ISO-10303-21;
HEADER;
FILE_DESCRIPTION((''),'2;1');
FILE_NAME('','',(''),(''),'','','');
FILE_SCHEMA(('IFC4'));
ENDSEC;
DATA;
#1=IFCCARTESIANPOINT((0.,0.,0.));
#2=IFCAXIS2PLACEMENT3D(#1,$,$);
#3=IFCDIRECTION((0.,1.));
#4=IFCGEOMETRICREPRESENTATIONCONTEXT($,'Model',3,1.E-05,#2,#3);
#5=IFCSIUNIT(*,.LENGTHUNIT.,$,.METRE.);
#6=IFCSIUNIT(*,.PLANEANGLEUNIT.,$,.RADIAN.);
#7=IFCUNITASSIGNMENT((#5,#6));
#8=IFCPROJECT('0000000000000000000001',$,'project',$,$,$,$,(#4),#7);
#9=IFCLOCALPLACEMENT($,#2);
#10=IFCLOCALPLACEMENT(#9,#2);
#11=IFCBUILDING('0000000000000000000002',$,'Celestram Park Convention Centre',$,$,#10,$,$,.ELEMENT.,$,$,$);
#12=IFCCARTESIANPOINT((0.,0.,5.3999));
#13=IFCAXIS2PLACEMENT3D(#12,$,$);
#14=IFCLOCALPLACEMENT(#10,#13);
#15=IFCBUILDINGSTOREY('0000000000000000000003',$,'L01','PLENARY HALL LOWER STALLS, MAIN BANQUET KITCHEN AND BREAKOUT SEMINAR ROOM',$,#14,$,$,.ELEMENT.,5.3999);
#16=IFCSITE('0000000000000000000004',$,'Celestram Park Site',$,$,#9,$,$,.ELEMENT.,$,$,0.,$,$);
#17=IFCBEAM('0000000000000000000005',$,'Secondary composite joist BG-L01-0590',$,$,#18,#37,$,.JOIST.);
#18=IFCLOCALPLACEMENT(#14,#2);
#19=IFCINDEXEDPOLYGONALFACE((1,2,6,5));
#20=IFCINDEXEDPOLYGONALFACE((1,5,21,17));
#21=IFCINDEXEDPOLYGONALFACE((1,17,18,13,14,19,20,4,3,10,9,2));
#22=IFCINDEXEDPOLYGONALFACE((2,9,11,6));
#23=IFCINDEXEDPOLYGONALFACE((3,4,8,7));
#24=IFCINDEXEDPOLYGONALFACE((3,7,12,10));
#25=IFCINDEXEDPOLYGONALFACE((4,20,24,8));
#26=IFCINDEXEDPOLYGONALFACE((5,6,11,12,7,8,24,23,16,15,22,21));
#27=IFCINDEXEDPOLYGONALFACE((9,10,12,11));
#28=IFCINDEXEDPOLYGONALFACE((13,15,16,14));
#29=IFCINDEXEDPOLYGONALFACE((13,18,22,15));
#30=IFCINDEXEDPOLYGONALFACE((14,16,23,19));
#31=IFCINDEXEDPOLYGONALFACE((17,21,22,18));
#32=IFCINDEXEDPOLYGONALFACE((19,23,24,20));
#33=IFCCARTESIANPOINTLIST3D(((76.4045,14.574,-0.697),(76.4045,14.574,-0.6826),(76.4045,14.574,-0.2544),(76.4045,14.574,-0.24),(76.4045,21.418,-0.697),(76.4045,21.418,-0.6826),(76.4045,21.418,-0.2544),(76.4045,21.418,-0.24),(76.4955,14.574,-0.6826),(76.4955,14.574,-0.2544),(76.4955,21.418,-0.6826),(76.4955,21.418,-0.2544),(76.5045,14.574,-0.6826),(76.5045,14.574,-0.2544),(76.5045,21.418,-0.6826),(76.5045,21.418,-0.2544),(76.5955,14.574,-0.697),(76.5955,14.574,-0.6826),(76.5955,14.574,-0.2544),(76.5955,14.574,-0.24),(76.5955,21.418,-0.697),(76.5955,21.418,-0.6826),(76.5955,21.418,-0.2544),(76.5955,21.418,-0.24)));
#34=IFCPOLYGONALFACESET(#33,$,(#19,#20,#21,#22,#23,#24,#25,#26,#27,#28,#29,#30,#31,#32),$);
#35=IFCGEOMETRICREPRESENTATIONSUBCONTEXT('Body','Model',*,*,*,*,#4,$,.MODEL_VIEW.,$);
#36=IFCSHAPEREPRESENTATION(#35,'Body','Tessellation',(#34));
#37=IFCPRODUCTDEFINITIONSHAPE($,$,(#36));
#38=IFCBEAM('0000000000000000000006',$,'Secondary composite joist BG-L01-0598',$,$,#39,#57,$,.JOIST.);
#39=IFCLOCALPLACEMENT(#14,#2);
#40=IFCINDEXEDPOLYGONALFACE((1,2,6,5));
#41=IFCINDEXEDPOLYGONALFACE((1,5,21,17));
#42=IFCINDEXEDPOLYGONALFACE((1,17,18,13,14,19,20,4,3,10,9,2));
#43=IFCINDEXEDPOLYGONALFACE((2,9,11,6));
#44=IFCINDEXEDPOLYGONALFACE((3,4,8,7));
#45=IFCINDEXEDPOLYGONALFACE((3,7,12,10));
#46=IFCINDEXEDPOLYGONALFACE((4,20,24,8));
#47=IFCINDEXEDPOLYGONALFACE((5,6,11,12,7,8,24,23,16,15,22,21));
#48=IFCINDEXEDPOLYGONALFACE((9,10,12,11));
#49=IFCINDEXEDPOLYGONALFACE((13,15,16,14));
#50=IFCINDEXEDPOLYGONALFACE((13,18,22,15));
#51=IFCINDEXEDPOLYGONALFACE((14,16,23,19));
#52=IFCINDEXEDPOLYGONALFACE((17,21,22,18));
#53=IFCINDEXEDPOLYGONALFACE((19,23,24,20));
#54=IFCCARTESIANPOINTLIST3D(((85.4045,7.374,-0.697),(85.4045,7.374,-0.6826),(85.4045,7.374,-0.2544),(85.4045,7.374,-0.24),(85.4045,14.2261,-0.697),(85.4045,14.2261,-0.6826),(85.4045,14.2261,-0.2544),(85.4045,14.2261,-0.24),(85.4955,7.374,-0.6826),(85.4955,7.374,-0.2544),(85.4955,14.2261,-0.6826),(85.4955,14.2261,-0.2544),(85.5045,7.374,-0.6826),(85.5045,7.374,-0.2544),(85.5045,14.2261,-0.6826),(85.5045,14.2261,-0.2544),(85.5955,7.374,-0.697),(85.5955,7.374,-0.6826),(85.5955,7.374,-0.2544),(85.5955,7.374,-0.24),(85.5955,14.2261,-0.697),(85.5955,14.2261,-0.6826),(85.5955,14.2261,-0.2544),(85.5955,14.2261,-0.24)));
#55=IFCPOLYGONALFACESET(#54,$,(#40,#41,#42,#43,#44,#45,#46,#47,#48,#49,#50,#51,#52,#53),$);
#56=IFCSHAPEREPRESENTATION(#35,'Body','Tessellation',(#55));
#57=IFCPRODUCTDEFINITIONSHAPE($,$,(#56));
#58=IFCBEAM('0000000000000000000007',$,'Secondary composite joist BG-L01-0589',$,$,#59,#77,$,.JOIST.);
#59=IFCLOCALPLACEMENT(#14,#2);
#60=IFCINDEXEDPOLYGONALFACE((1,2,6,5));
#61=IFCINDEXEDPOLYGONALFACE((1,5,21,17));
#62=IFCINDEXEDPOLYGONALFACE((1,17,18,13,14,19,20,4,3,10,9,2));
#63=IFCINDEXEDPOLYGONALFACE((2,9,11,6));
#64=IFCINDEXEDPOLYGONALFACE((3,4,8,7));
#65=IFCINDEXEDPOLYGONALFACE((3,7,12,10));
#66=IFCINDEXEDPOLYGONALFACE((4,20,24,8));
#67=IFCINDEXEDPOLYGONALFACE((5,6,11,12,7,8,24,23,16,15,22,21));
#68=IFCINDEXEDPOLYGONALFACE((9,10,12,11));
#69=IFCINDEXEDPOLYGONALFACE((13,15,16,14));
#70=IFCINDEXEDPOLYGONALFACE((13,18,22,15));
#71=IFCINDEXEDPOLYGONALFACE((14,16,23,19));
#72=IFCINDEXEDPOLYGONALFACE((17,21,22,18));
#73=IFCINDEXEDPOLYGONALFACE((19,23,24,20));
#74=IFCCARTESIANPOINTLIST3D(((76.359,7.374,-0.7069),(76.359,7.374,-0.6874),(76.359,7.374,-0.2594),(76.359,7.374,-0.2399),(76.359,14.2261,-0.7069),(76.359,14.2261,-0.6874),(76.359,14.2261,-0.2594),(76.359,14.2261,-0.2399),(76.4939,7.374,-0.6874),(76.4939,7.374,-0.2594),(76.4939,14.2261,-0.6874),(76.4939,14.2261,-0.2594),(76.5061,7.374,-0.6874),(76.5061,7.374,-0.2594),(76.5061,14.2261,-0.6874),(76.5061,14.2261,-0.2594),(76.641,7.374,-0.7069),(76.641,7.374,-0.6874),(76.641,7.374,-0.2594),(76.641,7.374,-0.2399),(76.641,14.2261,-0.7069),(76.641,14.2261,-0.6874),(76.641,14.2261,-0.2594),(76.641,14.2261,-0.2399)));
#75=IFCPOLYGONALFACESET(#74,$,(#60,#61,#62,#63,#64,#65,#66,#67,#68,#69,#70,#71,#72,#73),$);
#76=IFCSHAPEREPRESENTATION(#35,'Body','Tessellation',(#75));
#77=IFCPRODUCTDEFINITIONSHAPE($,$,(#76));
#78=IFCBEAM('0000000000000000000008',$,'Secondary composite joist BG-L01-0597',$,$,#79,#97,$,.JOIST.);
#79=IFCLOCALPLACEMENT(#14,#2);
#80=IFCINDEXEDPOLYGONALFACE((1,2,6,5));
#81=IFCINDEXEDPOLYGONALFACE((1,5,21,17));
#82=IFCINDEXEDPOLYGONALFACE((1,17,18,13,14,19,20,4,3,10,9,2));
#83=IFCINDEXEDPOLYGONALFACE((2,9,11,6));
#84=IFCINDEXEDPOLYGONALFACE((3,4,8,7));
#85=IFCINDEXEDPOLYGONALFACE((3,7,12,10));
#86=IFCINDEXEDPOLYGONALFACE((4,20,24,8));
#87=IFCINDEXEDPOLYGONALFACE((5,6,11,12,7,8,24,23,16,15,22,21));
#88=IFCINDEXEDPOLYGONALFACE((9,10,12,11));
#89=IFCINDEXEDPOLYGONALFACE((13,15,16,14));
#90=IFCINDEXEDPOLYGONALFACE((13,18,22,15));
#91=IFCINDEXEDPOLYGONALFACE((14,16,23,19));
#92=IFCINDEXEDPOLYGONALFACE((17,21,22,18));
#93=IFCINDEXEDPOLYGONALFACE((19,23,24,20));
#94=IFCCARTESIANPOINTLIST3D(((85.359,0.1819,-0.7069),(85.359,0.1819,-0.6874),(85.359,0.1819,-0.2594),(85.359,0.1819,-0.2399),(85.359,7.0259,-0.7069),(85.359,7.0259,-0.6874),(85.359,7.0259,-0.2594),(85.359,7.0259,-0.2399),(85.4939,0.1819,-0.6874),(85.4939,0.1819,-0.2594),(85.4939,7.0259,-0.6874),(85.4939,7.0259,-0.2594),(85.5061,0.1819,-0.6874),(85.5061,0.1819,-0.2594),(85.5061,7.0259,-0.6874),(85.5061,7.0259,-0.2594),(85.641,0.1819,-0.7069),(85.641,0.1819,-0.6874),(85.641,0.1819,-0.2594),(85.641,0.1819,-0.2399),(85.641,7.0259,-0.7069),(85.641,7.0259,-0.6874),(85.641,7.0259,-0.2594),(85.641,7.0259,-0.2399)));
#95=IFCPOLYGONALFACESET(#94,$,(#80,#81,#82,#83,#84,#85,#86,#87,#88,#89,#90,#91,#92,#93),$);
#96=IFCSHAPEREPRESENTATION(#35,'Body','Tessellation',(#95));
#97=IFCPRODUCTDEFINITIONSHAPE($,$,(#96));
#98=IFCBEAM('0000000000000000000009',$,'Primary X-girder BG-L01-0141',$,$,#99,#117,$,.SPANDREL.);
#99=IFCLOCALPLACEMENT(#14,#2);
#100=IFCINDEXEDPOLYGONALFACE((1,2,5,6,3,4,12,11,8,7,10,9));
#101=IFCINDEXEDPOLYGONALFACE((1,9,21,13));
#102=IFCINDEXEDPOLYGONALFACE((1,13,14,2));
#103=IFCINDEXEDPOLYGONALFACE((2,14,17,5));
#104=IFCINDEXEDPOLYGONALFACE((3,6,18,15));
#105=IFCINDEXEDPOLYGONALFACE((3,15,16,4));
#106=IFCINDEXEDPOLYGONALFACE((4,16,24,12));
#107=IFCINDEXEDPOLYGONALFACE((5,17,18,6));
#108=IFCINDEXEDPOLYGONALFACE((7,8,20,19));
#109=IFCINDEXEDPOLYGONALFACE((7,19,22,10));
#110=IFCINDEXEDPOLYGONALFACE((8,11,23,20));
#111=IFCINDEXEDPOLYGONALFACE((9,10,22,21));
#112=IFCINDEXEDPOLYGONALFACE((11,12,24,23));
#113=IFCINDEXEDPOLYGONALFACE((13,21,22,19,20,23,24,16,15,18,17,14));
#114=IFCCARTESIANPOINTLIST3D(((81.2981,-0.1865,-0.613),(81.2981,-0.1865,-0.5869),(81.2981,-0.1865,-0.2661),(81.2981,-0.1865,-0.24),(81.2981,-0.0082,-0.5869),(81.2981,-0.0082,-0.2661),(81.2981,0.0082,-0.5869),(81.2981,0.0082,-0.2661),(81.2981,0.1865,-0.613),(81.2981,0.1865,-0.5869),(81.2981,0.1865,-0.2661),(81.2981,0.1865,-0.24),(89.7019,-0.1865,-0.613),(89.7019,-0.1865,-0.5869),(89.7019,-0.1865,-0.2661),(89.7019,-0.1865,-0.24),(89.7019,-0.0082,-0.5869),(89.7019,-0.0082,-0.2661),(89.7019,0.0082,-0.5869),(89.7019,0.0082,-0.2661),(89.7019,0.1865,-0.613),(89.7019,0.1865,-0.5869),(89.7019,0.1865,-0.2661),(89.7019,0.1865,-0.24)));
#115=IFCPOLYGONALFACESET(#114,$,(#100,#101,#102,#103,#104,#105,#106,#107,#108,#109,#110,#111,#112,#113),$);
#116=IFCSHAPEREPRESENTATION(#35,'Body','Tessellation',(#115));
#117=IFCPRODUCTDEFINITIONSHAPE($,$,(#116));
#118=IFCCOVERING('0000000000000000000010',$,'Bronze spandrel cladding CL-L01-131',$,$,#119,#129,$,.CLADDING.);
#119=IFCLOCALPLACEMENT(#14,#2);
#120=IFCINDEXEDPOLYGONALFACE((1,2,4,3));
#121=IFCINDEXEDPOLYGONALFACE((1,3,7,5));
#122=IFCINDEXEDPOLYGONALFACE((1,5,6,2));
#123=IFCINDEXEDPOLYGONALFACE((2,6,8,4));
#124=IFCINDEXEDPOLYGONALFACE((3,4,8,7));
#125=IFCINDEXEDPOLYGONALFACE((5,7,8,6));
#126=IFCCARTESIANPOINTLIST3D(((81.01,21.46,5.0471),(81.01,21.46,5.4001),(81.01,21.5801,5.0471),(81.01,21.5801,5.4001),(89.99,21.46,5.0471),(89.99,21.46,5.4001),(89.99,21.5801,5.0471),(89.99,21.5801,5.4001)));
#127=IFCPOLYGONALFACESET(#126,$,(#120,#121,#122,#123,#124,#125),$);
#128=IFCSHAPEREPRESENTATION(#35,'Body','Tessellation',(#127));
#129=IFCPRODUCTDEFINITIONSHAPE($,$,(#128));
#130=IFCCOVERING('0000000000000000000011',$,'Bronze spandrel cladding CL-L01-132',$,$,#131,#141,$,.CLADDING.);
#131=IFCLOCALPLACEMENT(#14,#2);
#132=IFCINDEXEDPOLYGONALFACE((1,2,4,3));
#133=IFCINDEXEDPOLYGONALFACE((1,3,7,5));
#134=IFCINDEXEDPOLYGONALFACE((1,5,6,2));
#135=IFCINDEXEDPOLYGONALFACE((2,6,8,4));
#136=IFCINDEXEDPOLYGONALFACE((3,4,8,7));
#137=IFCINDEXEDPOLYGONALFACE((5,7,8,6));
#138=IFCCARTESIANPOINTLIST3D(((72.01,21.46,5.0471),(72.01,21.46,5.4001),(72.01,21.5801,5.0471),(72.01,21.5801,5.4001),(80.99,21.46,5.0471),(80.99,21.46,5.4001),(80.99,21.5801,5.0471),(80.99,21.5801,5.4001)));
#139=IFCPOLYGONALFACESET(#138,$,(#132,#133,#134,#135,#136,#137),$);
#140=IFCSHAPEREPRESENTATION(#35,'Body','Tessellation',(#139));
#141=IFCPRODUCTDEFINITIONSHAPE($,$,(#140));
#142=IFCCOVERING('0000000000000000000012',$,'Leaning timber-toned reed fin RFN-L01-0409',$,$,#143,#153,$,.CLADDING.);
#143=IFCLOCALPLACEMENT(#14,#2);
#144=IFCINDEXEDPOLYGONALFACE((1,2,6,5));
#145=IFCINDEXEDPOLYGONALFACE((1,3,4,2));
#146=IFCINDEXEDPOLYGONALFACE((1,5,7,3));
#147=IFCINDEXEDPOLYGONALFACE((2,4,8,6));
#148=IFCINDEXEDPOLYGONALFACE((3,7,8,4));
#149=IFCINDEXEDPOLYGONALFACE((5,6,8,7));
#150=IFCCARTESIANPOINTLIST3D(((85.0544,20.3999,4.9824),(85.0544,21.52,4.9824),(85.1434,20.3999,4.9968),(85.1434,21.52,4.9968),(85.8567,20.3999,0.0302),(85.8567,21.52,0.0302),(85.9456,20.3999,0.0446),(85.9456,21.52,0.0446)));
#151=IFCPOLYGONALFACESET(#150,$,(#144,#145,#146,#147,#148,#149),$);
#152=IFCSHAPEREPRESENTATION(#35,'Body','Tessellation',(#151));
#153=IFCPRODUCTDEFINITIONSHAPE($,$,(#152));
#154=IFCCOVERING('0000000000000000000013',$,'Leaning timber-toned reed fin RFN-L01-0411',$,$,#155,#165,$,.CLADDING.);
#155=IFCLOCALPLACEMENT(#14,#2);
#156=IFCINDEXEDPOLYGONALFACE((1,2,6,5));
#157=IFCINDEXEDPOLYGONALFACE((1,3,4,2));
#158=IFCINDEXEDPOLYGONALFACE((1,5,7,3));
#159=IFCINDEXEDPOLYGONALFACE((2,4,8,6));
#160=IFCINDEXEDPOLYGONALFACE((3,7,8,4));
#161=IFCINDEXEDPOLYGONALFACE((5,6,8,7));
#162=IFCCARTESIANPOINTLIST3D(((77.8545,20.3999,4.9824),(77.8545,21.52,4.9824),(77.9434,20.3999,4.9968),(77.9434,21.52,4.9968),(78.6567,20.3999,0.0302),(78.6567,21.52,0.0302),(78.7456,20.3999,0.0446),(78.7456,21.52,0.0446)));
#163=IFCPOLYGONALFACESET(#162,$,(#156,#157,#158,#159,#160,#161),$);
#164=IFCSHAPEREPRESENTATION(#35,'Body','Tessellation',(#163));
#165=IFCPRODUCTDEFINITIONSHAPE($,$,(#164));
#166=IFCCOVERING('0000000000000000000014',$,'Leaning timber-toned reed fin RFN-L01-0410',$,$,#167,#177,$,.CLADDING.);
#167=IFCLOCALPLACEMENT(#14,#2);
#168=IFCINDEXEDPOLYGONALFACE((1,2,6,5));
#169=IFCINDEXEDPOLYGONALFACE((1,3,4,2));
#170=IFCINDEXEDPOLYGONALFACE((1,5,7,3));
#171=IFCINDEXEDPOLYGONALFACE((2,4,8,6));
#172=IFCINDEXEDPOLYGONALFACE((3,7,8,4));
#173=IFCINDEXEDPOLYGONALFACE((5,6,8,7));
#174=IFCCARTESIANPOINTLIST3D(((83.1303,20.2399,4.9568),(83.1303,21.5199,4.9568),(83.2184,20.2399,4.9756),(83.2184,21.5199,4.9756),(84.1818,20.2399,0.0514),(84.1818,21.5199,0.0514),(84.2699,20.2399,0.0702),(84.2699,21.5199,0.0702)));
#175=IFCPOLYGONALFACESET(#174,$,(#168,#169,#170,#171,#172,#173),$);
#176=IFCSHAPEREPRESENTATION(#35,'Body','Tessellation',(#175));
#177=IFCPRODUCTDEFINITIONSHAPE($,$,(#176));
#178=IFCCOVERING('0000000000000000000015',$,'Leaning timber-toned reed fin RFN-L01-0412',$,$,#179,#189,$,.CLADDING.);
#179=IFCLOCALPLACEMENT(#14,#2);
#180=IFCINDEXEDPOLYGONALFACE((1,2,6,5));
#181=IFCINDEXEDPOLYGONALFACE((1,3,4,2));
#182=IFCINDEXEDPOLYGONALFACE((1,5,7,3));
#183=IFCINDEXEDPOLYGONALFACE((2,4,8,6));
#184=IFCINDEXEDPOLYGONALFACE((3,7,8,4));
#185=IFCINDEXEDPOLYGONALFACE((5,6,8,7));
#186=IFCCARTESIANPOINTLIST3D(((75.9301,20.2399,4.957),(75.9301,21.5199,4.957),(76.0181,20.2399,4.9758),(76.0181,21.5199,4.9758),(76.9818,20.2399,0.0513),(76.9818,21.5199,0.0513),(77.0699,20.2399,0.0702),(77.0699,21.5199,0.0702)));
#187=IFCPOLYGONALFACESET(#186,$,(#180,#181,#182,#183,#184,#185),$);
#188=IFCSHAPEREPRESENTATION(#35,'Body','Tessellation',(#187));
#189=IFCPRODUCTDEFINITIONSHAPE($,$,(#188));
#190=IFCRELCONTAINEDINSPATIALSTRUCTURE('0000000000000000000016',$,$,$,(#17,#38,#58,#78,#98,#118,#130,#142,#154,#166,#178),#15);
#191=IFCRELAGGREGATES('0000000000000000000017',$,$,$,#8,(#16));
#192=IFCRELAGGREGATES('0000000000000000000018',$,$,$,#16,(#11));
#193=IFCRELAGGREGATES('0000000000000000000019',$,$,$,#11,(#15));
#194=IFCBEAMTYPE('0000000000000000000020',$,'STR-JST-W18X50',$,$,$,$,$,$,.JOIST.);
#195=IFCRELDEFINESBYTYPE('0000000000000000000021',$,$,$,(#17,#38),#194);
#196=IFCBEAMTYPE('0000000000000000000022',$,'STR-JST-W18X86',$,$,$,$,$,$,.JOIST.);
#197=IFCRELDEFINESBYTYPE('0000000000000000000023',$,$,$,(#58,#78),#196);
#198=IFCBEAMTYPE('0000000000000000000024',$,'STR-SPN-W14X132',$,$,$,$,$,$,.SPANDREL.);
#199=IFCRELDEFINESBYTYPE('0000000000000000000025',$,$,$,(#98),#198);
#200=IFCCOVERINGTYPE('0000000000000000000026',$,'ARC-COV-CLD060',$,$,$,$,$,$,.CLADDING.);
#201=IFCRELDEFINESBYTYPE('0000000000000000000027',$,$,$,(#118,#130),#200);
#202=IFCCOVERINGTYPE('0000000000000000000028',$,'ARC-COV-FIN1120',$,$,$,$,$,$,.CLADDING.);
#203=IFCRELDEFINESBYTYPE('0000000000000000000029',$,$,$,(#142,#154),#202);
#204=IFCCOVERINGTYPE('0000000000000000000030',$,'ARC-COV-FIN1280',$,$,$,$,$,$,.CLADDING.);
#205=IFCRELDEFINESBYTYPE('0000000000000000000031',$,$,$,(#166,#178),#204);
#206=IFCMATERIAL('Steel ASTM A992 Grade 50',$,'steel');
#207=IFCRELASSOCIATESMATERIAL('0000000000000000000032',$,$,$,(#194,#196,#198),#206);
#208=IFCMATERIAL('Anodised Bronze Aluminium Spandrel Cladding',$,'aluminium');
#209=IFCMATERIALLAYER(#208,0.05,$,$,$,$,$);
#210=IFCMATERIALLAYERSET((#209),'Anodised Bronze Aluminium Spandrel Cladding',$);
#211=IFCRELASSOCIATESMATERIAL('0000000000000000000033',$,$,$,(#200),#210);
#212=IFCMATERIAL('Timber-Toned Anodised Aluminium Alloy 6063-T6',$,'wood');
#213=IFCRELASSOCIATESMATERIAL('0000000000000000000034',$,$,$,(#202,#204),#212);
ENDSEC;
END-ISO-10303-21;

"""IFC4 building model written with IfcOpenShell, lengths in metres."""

from ifc_helpers import new_model, si_unit, direction, frame, origin, origin_2d, place, context, subcontext, project, spatial, rectangle, i_section, extrude, material, layer, layer_set, material_profile, profile_set, type_object, element, save


model = new_model("IFC4")

# Units and contexts
model_context = context("Model", 3, precision=1e-05, world=origin(), true_north=direction((0.0, 1.0)))
body_context = subcontext(model_context, "Body", "Model", "MODEL_VIEW")
ifc_project = project(units=[si_unit("LENGTHUNIT", "METRE"), si_unit("PLANEANGLEUNIT", "RADIAN")], contexts=[model_context])

# Site, building, storey
site_placement = place(None, origin())
site = spatial("IfcSite", under=ifc_project, at=site_placement, Name="Celestram Park Site", CompositionType="ELEMENT", RefElevation=0.0)
building_placement = place(site_placement, origin())
building = spatial("IfcBuilding", under=site, at=building_placement, Name="Celestram Park Convention Centre", CompositionType="ELEMENT")
storey_placement = place(building_placement, frame((0.0, 0.0, 5.3999)))
storey = spatial("IfcBuildingStorey", under=building, at=storey_placement, Name="L01", Description="PLENARY HALL LOWER STALLS, MAIN BANQUET KITCHEN AND BREAKOUT SEMINAR ROOM", CompositionType="ELEMENT", Elevation=5.3999)

# Beams
ifc_material_1 = material(Name="Steel ASTM A992 Grade 50", Category="steel")
ifc_material_profile_1 = material_profile(ifc_material_1, i_section(OverallWidth=0.1909, OverallDepth=0.457, WebThickness=0.009, FlangeThickness=0.0144, at=origin_2d()), Name="W18X50")
ifc_profile_set_1 = profile_set([ifc_material_profile_1], Name="Steel ASTM A992 Grade 50")
beam_type_1 = type_object("IfcBeamType", Name="STR-JST-W18X50", PredefinedType="JOIST", material=ifc_profile_set_1)
beam_1_placement = place(storey_placement, frame((76.5, 14.574, -0.4685), z_axis=(0.0, 1.0, 0.0), x_axis=(-1.0, 0.0, 0.0)))
element("IfcBeam", 1, at=beam_1_placement, inside=storey, type_object=beam_type_1, Name="Secondary composite joist BG-L01-0590", PredefinedType="JOIST", context=body_context, shape_type="SweptSolid", body=[
    extrude(i_section(OverallWidth=0.1909, OverallDepth=0.457, WebThickness=0.009, FlangeThickness=0.0144, at=origin_2d()), origin(), (0.0, 0.0, 1.0), 6.844),
])
beam_2_placement = place(storey_placement, frame((85.5, 7.374, -0.4685), z_axis=(0.0, 1.0, 0.0), x_axis=(-1.0, 0.0, 0.0)))
element("IfcBeam", 2, at=beam_2_placement, inside=storey, type_object=beam_type_1, Name="Secondary composite joist BG-L01-0598", PredefinedType="JOIST", context=body_context, shape_type="SweptSolid", body=[
    extrude(i_section(OverallWidth=0.1909, OverallDepth=0.457, WebThickness=0.009, FlangeThickness=0.0144, at=origin_2d()), origin(), (0.0, 0.0, 1.0), 6.8521),
])
ifc_material_profile_2 = material_profile(ifc_material_1, i_section(OverallWidth=0.282, OverallDepth=0.467, WebThickness=0.0122, FlangeThickness=0.0195, at=origin_2d()), Name="W18X86")
ifc_profile_set_2 = profile_set([ifc_material_profile_2], Name="Steel ASTM A992 Grade 50")
beam_type_2 = type_object("IfcBeamType", Name="STR-JST-W18X86", PredefinedType="JOIST", material=ifc_profile_set_2)
beam_3_placement = place(storey_placement, frame((76.5, 7.374, -0.4734), z_axis=(0.0, 1.0, 0.0), x_axis=(-1.0, 0.0, 0.0)))
element("IfcBeam", 3, at=beam_3_placement, inside=storey, type_object=beam_type_2, Name="Secondary composite joist BG-L01-0589", PredefinedType="JOIST", context=body_context, shape_type="SweptSolid", body=[
    extrude(i_section(OverallWidth=0.282, OverallDepth=0.467, WebThickness=0.0122, FlangeThickness=0.0195, at=origin_2d()), origin(), (0.0, 0.0, 1.0), 6.8521),
])
beam_4_placement = place(storey_placement, frame((85.5, 0.1819, -0.4734), z_axis=(0.0, 1.0, 0.0), x_axis=(-1.0, 0.0, 0.0)))
element("IfcBeam", 4, at=beam_4_placement, inside=storey, type_object=beam_type_2, Name="Secondary composite joist BG-L01-0597", PredefinedType="JOIST", context=body_context, shape_type="SweptSolid", body=[
    extrude(i_section(OverallWidth=0.282, OverallDepth=0.467, WebThickness=0.0122, FlangeThickness=0.0195, at=origin_2d()), origin(), (0.0, 0.0, 1.0), 6.844),
])
ifc_material_profile_3 = material_profile(ifc_material_1, i_section(OverallWidth=0.373, OverallDepth=0.373, WebThickness=0.0164, FlangeThickness=0.0261, at=origin_2d()), Name="W14X132")
ifc_profile_set_3 = profile_set([ifc_material_profile_3], Name="Steel ASTM A992 Grade 50")
beam_type_3 = type_object("IfcBeamType", Name="STR-SPN-W14X132", PredefinedType="SPANDREL", material=ifc_profile_set_3)
beam_5_placement = place(storey_placement, frame((81.2981, 0.0, -0.4265), z_axis=(1.0, 0.0, 0.0), x_axis=(0.0, 1.0, 0.0)))
element("IfcBeam", 5, at=beam_5_placement, inside=storey, type_object=beam_type_3, Name="Primary X-girder BG-L01-0141", PredefinedType="SPANDREL", context=body_context, shape_type="SweptSolid", body=[
    extrude(i_section(OverallWidth=0.373, OverallDepth=0.373, WebThickness=0.0164, FlangeThickness=0.0261, at=origin_2d()), origin(), (0.0, 0.0, 1.0), 8.4038),
])

# Coverings
ifc_material_2 = material(Name="Anodised Bronze Aluminium Spandrel Cladding", Category="aluminium")
ifc_layer = layer(ifc_material_2, 0.05)
ifc_layer_set = layer_set([ifc_layer], Name="Anodised Bronze Aluminium Spandrel Cladding")
covering_type_1 = type_object("IfcCoveringType", Name="ARC-COV-CLD060", PredefinedType="CLADDING", material=ifc_layer_set)
for number, where, z_axis, x_axis, name in (
    (6, (85.5, 21.52, 5.0471), (0.0, 0.0, 1.0), (-1.0, 0.0, 0.0), "Bronze spandrel cladding CL-L01-131"),
    (7, (76.5, 21.52, 5.0471), (0.0, 0.0, 1.0), (-1.0, 0.0, 0.0), "Bronze spandrel cladding CL-L01-132"),
):
    element("IfcCovering", number, at=place(storey_placement, frame(where, z_axis=z_axis, x_axis=x_axis)), inside=storey, type_object=covering_type_1, Name=name, PredefinedType="CLADDING", context=body_context, shape_type="SweptSolid", body=[
        extrude(rectangle(XDim=8.98, YDim=0.1201, at=origin_2d()), origin(), (0.0, 0.0, 1.0), 0.353),
    ])
ifc_material_3 = material(Name="Timber-Toned Anodised Aluminium Alloy 6063-T6", Category="wood")
ifc_material_profile_4 = material_profile(ifc_material_3, rectangle(XDim=1.1201, YDim=0.0901, at=origin_2d()), Name="REED1120X90")
ifc_profile_set_4 = profile_set([ifc_material_profile_4], Name="Timber-Toned Anodised Aluminium Alloy 6063-T6")
covering_type_2 = type_object("IfcCoveringType", Name="ARC-COV-FIN1120", PredefinedType="CLADDING", material=ifc_profile_set_4)
for number, where, z_axis, x_axis, name in (
    (8, (85.9011, 20.96, 0.0374), (-0.159907, 0.0, 0.987132), (0.0, -1.0, 0.0), "Leaning timber-toned reed fin RFN-L01-0409"),
    (9, (78.7012, 20.96, 0.0374), (-0.159907, 0.0, 0.987132), (0.0, -1.0, 0.0), "Leaning timber-toned reed fin RFN-L01-0411"),
):
    element("IfcCovering", number, at=place(storey_placement, frame(where, z_axis=z_axis, x_axis=x_axis)), inside=storey, type_object=covering_type_2, Name=name, PredefinedType="CLADDING", context=body_context, shape_type="SweptSolid", body=[
        extrude(rectangle(XDim=1.1201, YDim=0.0901, at=origin_2d()), origin(), (0.0, 0.0, 1.0), 5.0168),
    ])
ifc_material_profile_5 = material_profile(ifc_material_3, rectangle(XDim=1.28, YDim=0.0901, at=origin_2d()), Name="REED1280X90")
ifc_profile_set_5 = profile_set([ifc_material_profile_5], Name="Timber-Toned Anodised Aluminium Alloy 6063-T6")
covering_type_3 = type_object("IfcCoveringType", Name="ARC-COV-FIN1280", PredefinedType="CLADDING", material=ifc_profile_set_5)
covering_1_placement = place(storey_placement, frame((84.2258, 20.8799, 0.0608), z_axis=(-0.209592, 0.0, 0.977789), x_axis=(0.0, -1.0, 0.0)))
element("IfcCovering", 10, at=covering_1_placement, inside=storey, type_object=covering_type_3, Name="Leaning timber-toned reed fin RFN-L01-0410", PredefinedType="CLADDING", context=body_context, shape_type="SweptSolid", body=[
    extrude(rectangle(XDim=1.28, YDim=0.0901, at=origin_2d()), origin(), (0.0, 0.0, 1.0), 5.0168),
])
covering_2_placement = place(storey_placement, frame((77.0259, 20.8799, 0.0608), z_axis=(-0.209639, 0.0, 0.977779), x_axis=(0.0, -1.0, 0.0)))
element("IfcCovering", 11, at=covering_2_placement, inside=storey, type_object=covering_type_3, Name="Leaning timber-toned reed fin RFN-L01-0412", PredefinedType="CLADDING", context=body_context, shape_type="SweptSolid", body=[
    extrude(rectangle(XDim=1.28, YDim=0.0901, at=origin_2d()), origin(), (0.0, 0.0, 1.0), 5.0171),
])

save(model, "model.ifc")
